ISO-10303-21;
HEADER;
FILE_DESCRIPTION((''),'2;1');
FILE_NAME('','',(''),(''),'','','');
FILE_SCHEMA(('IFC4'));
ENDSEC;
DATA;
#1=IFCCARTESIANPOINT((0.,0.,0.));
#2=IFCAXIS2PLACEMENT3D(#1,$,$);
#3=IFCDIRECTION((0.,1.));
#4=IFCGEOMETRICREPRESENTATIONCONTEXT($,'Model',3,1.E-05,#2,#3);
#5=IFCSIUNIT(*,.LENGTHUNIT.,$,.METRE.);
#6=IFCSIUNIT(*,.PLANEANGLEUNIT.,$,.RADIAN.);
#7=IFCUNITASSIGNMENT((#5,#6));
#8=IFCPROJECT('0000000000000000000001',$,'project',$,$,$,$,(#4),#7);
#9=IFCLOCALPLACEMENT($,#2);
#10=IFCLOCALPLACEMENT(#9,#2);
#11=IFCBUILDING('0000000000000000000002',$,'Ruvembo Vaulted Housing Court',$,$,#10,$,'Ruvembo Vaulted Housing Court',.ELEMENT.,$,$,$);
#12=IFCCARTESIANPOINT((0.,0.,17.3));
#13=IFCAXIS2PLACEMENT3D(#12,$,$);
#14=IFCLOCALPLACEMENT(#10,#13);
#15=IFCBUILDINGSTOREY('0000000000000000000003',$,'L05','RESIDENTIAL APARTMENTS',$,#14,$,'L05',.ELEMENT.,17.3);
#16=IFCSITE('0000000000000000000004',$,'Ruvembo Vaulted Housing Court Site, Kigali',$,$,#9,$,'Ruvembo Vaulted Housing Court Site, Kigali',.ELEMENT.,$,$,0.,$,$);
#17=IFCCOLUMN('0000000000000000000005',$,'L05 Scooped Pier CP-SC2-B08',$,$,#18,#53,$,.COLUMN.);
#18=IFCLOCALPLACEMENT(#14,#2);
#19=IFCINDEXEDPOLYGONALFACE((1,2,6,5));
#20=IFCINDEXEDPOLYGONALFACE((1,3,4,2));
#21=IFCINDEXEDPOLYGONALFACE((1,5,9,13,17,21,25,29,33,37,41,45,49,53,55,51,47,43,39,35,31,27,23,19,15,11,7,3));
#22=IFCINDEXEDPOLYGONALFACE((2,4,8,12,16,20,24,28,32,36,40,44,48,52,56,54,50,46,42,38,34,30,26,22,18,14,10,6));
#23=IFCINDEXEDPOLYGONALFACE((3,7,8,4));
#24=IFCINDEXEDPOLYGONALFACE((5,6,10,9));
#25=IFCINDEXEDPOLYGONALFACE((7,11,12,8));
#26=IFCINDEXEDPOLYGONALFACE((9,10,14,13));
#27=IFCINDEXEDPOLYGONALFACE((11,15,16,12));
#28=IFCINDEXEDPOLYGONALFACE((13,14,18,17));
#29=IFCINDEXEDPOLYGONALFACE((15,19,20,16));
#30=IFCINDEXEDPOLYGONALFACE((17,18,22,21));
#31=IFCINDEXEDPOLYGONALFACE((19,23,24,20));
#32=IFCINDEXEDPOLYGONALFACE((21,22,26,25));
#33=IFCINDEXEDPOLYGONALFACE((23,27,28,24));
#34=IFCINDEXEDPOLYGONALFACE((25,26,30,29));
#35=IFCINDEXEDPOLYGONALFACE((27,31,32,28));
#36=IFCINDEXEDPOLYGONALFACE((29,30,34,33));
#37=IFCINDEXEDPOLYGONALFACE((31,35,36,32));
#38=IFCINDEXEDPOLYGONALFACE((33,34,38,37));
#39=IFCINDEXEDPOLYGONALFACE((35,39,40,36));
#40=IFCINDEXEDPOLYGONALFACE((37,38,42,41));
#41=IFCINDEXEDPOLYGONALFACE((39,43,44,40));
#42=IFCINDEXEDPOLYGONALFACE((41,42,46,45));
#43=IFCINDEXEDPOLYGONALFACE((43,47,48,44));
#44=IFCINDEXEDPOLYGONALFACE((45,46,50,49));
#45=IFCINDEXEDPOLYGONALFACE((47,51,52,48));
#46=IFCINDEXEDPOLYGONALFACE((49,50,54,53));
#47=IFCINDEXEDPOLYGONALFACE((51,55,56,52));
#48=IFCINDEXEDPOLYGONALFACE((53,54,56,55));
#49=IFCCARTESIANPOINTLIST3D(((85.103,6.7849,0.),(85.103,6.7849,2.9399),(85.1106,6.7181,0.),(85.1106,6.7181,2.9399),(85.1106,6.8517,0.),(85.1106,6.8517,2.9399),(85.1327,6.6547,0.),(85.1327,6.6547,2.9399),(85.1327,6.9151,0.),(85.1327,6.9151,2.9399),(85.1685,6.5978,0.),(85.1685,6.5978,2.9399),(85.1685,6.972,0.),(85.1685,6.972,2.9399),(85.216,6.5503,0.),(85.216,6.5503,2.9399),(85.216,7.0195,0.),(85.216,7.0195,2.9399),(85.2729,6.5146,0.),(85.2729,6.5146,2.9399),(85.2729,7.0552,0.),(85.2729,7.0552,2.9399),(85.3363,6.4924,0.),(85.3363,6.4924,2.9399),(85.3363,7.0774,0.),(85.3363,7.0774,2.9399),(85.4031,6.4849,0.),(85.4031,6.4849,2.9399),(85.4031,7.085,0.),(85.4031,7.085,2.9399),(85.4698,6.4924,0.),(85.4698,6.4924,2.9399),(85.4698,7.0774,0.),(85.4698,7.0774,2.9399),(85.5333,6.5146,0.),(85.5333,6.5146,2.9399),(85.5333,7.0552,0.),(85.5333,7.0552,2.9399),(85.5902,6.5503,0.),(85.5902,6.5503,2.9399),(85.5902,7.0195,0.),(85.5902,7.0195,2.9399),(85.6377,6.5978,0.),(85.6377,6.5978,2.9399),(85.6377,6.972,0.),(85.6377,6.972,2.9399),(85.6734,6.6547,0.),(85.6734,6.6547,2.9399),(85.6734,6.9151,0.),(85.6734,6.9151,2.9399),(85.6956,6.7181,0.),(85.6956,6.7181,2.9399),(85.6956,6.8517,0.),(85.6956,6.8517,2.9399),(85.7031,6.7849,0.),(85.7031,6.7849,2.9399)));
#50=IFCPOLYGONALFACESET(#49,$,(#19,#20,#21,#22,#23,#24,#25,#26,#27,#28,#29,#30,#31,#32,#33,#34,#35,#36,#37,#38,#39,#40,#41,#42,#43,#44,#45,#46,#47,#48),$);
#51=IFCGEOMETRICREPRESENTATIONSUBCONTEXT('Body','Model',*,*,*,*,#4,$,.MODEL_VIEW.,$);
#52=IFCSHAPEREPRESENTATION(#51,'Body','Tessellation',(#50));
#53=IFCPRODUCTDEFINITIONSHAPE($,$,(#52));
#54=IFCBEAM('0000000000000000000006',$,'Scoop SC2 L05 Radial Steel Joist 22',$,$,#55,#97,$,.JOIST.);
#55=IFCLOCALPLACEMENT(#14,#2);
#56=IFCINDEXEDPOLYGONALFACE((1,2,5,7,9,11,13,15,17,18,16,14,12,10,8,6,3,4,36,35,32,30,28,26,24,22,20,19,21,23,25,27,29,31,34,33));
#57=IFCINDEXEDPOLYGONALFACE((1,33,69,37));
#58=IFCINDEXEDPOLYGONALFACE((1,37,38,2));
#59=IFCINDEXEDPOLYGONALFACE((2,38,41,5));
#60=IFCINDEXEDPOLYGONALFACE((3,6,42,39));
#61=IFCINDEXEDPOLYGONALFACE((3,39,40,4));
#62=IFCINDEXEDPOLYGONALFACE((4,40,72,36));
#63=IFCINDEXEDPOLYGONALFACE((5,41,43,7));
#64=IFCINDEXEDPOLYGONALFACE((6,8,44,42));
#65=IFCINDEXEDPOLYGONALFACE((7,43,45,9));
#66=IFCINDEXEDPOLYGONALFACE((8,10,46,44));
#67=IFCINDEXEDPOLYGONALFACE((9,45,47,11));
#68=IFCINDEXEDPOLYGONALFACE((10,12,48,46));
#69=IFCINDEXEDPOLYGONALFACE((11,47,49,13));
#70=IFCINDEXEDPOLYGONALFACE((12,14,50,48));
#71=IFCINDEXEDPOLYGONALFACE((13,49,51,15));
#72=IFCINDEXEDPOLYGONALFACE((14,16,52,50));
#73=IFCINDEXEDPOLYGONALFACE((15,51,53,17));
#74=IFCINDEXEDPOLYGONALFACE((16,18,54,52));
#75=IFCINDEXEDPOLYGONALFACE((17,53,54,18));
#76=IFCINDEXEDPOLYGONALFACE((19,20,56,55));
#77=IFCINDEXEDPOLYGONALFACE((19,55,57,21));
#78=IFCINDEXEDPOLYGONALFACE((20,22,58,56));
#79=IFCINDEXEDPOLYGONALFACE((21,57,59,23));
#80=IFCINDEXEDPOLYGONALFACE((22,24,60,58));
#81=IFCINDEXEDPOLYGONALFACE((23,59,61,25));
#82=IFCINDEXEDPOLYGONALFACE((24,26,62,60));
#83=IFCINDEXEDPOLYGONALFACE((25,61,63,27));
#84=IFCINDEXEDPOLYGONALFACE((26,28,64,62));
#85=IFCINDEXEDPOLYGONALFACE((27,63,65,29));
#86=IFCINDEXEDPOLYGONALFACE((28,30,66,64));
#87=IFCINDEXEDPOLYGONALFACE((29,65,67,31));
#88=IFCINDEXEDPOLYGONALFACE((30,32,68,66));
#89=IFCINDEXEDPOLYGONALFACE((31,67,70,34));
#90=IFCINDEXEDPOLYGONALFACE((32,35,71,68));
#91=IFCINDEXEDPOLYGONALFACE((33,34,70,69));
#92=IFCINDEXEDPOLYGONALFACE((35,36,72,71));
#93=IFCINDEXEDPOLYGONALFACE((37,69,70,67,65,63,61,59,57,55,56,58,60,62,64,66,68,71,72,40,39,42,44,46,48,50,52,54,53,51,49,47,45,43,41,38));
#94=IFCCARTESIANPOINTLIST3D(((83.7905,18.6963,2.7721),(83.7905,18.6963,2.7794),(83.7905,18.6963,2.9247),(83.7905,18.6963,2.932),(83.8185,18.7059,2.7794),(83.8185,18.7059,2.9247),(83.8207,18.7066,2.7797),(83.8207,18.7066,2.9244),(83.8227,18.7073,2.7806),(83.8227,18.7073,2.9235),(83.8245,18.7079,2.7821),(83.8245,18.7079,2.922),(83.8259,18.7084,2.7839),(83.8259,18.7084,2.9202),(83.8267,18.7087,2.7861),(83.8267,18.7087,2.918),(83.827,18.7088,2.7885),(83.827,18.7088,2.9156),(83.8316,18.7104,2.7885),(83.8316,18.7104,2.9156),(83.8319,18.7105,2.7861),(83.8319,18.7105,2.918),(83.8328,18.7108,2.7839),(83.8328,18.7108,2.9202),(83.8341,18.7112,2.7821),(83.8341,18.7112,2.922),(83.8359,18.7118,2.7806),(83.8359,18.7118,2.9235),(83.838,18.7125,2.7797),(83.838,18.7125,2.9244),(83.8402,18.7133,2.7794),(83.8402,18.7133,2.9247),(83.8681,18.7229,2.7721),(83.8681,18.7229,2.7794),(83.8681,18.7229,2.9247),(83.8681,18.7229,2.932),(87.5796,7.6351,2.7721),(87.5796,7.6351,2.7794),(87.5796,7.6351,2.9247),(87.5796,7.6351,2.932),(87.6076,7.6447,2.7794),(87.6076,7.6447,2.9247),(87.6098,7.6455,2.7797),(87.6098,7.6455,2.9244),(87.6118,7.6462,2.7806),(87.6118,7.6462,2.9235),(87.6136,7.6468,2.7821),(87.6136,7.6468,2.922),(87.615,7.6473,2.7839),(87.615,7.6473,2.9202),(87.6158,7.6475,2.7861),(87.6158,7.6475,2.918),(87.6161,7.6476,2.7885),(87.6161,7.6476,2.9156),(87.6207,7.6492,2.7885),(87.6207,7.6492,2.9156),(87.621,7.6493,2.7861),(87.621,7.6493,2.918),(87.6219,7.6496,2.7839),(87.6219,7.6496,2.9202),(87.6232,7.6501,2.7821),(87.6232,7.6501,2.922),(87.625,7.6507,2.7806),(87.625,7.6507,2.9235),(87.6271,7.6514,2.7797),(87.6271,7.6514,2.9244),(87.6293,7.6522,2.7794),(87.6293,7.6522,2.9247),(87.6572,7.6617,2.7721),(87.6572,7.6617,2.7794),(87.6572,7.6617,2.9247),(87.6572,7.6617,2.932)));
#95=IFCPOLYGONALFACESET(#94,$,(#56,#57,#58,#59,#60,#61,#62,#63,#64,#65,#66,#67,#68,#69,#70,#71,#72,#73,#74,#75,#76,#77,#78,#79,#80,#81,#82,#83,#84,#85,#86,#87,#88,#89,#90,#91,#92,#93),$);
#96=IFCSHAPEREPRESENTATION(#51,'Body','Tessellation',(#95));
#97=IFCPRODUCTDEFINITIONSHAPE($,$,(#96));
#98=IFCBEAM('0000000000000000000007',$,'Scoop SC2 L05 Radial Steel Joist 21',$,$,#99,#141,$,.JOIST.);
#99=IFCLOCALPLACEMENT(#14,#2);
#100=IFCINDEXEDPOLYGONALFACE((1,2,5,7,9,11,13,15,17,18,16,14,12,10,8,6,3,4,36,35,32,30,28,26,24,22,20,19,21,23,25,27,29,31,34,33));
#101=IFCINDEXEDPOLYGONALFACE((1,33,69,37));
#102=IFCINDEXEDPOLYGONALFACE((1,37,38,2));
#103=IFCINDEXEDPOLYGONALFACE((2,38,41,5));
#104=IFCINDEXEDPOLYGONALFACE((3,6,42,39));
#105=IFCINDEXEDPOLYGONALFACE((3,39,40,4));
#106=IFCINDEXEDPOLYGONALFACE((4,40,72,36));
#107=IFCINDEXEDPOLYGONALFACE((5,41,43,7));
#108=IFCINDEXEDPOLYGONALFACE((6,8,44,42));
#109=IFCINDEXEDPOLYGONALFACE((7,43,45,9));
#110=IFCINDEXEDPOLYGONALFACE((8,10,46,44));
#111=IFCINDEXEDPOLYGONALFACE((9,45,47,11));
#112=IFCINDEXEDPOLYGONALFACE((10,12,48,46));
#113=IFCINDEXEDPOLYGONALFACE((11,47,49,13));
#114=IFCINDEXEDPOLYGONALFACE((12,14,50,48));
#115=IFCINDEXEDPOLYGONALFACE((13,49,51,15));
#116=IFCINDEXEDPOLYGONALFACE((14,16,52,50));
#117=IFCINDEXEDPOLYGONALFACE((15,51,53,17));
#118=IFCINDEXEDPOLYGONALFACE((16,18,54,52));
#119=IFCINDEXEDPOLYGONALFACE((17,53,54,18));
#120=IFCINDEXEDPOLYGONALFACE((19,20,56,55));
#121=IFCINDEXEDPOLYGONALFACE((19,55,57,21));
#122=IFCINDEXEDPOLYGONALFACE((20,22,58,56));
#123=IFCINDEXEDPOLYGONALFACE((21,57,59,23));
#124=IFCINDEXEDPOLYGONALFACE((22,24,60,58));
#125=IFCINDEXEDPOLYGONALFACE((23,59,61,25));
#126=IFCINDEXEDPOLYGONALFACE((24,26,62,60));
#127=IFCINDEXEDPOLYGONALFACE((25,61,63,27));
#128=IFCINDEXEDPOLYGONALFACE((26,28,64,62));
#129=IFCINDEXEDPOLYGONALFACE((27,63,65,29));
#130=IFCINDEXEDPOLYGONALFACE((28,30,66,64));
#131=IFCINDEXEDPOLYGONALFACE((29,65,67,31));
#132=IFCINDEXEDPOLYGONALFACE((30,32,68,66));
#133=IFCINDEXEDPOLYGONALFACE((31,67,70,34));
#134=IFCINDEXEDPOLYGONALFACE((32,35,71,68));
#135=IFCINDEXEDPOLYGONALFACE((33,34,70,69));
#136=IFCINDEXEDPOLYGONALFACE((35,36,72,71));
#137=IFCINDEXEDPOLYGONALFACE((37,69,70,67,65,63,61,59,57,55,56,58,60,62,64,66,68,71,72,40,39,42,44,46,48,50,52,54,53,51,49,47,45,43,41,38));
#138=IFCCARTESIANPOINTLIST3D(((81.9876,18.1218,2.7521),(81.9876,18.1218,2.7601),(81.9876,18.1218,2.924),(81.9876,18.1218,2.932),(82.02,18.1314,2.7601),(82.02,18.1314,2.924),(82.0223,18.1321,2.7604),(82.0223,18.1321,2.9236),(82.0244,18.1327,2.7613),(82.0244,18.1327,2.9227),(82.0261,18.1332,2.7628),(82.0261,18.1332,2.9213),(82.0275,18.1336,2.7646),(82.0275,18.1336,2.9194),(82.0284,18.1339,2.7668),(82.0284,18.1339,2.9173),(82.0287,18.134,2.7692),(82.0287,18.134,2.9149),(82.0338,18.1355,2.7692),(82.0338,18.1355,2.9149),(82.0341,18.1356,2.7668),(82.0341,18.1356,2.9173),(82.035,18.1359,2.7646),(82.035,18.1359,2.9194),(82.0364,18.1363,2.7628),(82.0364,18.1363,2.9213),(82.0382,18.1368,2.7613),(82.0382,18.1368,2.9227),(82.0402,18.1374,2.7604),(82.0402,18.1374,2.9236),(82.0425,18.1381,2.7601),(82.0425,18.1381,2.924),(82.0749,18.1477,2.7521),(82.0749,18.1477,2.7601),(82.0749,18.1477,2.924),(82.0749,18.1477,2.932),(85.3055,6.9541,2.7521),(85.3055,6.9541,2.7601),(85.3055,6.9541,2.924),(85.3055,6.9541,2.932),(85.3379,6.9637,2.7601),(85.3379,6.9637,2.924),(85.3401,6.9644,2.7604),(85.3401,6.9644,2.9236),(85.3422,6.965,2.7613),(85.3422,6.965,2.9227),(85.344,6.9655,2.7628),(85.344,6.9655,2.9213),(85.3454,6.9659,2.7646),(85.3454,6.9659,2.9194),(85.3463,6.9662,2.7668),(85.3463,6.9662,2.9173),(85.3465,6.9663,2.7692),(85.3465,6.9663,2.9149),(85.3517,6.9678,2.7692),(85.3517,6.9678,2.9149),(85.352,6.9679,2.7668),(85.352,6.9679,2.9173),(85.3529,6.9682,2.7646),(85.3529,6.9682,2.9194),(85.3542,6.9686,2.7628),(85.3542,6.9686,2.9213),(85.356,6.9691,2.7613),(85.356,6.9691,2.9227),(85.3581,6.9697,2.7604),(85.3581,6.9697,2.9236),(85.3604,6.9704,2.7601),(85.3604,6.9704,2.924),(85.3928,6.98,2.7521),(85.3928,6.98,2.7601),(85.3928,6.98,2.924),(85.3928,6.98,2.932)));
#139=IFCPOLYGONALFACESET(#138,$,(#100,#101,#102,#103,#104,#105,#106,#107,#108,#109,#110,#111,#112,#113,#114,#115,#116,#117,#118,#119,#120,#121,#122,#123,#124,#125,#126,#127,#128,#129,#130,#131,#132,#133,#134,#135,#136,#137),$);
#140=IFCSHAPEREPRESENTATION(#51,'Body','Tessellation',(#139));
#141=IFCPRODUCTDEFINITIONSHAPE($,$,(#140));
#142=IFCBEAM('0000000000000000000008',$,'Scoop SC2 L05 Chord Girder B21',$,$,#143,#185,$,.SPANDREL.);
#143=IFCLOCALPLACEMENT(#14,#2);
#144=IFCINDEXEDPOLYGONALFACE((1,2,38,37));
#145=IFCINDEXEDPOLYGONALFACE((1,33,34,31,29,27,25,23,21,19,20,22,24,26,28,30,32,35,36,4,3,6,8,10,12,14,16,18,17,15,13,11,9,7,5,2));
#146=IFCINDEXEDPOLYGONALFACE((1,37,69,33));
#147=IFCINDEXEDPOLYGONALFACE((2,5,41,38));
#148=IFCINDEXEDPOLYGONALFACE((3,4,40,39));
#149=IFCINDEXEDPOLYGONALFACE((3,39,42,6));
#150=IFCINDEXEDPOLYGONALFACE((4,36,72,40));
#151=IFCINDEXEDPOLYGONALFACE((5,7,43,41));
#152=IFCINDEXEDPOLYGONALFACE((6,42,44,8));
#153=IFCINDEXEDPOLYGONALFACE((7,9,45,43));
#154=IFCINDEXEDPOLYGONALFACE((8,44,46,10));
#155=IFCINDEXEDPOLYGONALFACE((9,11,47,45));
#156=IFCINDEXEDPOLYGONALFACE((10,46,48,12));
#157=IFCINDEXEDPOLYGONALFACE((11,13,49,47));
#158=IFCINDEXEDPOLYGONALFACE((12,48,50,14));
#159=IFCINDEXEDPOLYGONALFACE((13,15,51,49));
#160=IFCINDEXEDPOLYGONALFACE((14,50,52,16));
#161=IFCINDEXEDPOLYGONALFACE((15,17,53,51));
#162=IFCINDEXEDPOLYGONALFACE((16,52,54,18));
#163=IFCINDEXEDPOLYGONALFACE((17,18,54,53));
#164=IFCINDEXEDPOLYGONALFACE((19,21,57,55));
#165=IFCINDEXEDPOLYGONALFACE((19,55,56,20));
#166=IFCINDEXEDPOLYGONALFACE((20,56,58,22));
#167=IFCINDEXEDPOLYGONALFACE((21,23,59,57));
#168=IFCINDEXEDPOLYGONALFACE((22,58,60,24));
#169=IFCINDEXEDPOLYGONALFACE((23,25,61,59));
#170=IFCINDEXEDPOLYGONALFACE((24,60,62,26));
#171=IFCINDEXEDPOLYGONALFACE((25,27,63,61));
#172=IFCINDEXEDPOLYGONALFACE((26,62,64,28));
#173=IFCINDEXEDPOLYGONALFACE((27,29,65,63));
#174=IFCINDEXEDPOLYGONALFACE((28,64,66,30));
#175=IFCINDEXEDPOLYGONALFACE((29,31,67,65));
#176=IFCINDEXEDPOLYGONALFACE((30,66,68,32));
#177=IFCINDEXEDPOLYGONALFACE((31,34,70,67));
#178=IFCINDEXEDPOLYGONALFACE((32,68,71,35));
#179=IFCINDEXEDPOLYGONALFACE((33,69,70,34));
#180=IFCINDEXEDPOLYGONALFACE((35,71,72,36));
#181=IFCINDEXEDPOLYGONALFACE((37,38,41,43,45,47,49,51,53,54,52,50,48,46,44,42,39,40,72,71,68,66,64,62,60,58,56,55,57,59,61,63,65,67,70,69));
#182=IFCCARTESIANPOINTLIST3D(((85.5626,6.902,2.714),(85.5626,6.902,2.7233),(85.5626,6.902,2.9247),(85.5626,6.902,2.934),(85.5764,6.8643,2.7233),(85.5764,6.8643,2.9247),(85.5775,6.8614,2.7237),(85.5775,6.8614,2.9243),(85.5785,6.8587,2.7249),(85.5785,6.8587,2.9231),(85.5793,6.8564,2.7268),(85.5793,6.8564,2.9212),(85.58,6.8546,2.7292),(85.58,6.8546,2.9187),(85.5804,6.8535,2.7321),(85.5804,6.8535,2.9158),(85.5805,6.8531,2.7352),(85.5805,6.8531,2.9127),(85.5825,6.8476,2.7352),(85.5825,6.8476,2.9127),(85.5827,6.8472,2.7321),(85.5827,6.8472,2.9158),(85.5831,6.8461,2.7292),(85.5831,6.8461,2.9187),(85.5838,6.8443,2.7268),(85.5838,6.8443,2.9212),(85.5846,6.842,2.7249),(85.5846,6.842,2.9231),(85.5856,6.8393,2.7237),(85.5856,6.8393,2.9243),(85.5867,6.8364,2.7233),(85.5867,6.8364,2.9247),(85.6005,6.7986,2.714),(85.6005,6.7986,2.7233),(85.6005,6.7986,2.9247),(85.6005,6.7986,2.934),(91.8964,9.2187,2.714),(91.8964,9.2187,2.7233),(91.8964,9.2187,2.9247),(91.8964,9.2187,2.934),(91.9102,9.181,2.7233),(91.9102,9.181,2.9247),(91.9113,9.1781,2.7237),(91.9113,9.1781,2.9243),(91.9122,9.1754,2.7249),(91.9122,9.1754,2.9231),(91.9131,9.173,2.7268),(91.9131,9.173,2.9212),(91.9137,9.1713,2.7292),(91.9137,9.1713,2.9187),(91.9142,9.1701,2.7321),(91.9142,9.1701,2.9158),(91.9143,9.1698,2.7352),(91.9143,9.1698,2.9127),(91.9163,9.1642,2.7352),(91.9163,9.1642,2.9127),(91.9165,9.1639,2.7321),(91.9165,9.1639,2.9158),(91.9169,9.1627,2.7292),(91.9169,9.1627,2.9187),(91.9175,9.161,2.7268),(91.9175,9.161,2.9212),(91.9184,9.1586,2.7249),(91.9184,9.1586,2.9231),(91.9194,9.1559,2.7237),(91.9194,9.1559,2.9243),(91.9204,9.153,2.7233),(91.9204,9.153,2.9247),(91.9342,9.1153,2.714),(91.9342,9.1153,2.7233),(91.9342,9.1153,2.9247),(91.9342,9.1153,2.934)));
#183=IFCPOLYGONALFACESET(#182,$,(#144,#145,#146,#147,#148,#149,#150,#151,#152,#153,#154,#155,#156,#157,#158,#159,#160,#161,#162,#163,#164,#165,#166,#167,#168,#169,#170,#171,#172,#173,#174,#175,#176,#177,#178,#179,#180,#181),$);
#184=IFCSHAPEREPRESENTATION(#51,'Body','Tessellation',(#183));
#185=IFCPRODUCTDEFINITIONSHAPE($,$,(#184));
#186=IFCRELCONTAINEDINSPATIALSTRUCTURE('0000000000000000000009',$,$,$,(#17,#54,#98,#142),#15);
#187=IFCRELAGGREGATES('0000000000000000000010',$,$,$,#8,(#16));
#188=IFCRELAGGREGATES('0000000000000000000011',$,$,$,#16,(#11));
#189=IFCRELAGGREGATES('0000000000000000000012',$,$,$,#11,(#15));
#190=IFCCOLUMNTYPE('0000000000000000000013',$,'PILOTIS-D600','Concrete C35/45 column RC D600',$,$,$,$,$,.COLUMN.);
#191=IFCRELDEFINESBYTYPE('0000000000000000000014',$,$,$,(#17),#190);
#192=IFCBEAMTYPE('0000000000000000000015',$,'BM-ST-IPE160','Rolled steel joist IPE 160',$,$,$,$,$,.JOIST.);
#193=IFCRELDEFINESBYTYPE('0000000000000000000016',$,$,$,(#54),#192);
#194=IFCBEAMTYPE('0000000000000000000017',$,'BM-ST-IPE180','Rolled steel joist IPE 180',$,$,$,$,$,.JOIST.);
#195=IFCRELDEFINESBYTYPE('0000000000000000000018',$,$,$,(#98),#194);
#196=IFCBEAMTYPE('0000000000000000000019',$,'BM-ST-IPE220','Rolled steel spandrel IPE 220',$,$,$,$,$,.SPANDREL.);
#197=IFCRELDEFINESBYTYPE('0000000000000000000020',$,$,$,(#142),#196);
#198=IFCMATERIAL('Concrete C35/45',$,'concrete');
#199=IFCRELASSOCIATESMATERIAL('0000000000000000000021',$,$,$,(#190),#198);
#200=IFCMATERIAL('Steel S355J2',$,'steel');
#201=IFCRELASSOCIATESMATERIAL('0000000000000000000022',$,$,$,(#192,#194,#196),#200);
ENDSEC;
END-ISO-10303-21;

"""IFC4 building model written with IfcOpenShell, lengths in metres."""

from ifc_helpers import new_model, si_unit, direction, frame, origin, origin_2d, place, context, subcontext, project, spatial, circle, i_section, extrude, material, material_profile, profile_set, type_object, element, save


model = new_model("IFC4")

# Units and contexts
model_context = context("Model", 3, precision=1e-05, world=origin(), true_north=direction((0.0, 1.0)))
body_context = subcontext(model_context, "Body", "Model", "MODEL_VIEW")
ifc_project = project(units=[si_unit("LENGTHUNIT", "METRE"), si_unit("PLANEANGLEUNIT", "RADIAN")], contexts=[model_context])

# Site, building, storey
site_placement = place(None, origin())
site = spatial("IfcSite", under=ifc_project, at=site_placement, Name="Ruvembo Vaulted Housing Court Site, Kigali", LongName="Ruvembo Vaulted Housing Court Site, Kigali", CompositionType="ELEMENT", RefElevation=0.0)
building_placement = place(site_placement, origin())
building = spatial("IfcBuilding", under=site, at=building_placement, Name="Ruvembo Vaulted Housing Court", LongName="Ruvembo Vaulted Housing Court", CompositionType="ELEMENT")
storey_placement = place(building_placement, frame((0.0, 0.0, 17.3)))
storey = spatial("IfcBuildingStorey", under=building, at=storey_placement, Name="L05", Description="RESIDENTIAL APARTMENTS", LongName="L05", CompositionType="ELEMENT", Elevation=17.3)

# Column
ifc_material_1 = material(Name="Concrete C35/45", Category="concrete")
ifc_material_profile_1 = material_profile(ifc_material_1, circle(Radius=0.3, at=origin_2d()), Name="RC D600")
ifc_profile_set_1 = profile_set([ifc_material_profile_1], Name="Concrete C35/45")
column_type = type_object("IfcColumnType", Name="PILOTIS-D600", Description="Concrete C35/45 column RC D600", PredefinedType="COLUMN", material=ifc_profile_set_1)
column_placement = place(storey_placement, frame((85.4031, 6.7849, 0.0), z_axis=(0.0, 0.0, 1.0), x_axis=(1.0, 0.0, 0.0)))
element("IfcColumn", 1, at=column_placement, inside=storey, type_object=column_type, Name="L05 Scooped Pier CP-SC2-B08", PredefinedType="COLUMN", context=body_context, shape_type="SweptSolid", body=[
    extrude(circle(Radius=0.3, at=origin_2d()), origin(), (0.0, 0.0, 1.0), 2.9399),
])

# Beams
ifc_material_2 = material(Name="Steel S355J2", Category="steel")
ifc_material_profile_2 = material_profile(ifc_material_2, i_section(OverallWidth=0.082, OverallDepth=0.1599, WebThickness=0.0049, FlangeThickness=0.0073, FilletRadius=0.009, at=origin_2d()), Name="IPE 160")
ifc_profile_set_2 = profile_set([ifc_material_profile_2], Name="Steel S355J2")
beam_type_1 = type_object("IfcBeamType", Name="BM-ST-IPE160", Description="Rolled steel joist IPE 160", PredefinedType="JOIST", material=ifc_profile_set_2)
beam_1_placement = place(storey_placement, frame((87.6184, 7.6484, 2.8521), z_axis=(-0.324072, 0.946032, 0.0), x_axis=(-0.946032, -0.324072, 0.0)))
element("IfcBeam", 2, at=beam_1_placement, inside=storey, type_object=beam_type_1, Name="Scoop SC2 L05 Radial Steel Joist 22", PredefinedType="JOIST", context=body_context, shape_type="SweptSolid", body=[
    extrude(i_section(OverallWidth=0.082, OverallDepth=0.1599, WebThickness=0.0049, FlangeThickness=0.0073, FilletRadius=0.009, at=origin_2d()), origin(), (0.0, 0.0, 1.0), 11.6921),
])
ifc_material_profile_3 = material_profile(ifc_material_2, i_section(OverallWidth=0.0911, OverallDepth=0.1799, WebThickness=0.0054, FlangeThickness=0.0081, FilletRadius=0.009, at=origin_2d()), Name="IPE 180")
ifc_profile_set_3 = profile_set([ifc_material_profile_3], Name="Steel S355J2")
beam_type_2 = type_object("IfcBeamType", Name="BM-ST-IPE180", Description="Rolled steel joist IPE 180", PredefinedType="JOIST", material=ifc_profile_set_3)
beam_2_placement = place(storey_placement, frame((85.3491, 6.967, 2.842), z_axis=(-0.284792, 0.958589, 0.0), x_axis=(-0.958589, -0.284792, 0.0)))
element("IfcBeam", 3, at=beam_2_placement, inside=storey, type_object=beam_type_2, Name="Scoop SC2 L05 Radial Steel Joist 21", PredefinedType="JOIST", context=body_context, shape_type="SweptSolid", body=[
    extrude(i_section(OverallWidth=0.0911, OverallDepth=0.1799, WebThickness=0.0054, FlangeThickness=0.0081, FilletRadius=0.009, at=origin_2d()), origin(), (0.0, 0.0, 1.0), 11.6501),
])
ifc_material_profile_4 = material_profile(ifc_material_2, i_section(OverallWidth=0.1101, OverallDepth=0.22, WebThickness=0.0059, FlangeThickness=0.0093, FilletRadius=0.012, at=origin_2d()), Name="IPE 220")
ifc_profile_set_4 = profile_set([ifc_material_profile_4], Name="Steel S355J2")
beam_type_3 = type_object("IfcBeamType", Name="BM-ST-IPE220", Description="Rolled steel spandrel IPE 220", PredefinedType="SPANDREL", material=ifc_profile_set_4)
beam_3_placement = place(storey_placement, frame((85.5815, 6.8503, 2.824), z_axis=(0.93915, 0.343507, 0.0), x_axis=(-0.343507, 0.93915, 0.0)))
element("IfcBeam", 4, at=beam_3_placement, inside=storey, type_object=beam_type_3, Name="Scoop SC2 L05 Chord Girder B21", PredefinedType="SPANDREL", context=body_context, shape_type="SweptSolid", body=[
    extrude(i_section(OverallWidth=0.1101, OverallDepth=0.22, WebThickness=0.0059, FlangeThickness=0.0093, FilletRadius=0.012, at=origin_2d()), origin(), (0.0, 0.0, 1.0), 6.7441),
])

save(model, "model.ifc")
